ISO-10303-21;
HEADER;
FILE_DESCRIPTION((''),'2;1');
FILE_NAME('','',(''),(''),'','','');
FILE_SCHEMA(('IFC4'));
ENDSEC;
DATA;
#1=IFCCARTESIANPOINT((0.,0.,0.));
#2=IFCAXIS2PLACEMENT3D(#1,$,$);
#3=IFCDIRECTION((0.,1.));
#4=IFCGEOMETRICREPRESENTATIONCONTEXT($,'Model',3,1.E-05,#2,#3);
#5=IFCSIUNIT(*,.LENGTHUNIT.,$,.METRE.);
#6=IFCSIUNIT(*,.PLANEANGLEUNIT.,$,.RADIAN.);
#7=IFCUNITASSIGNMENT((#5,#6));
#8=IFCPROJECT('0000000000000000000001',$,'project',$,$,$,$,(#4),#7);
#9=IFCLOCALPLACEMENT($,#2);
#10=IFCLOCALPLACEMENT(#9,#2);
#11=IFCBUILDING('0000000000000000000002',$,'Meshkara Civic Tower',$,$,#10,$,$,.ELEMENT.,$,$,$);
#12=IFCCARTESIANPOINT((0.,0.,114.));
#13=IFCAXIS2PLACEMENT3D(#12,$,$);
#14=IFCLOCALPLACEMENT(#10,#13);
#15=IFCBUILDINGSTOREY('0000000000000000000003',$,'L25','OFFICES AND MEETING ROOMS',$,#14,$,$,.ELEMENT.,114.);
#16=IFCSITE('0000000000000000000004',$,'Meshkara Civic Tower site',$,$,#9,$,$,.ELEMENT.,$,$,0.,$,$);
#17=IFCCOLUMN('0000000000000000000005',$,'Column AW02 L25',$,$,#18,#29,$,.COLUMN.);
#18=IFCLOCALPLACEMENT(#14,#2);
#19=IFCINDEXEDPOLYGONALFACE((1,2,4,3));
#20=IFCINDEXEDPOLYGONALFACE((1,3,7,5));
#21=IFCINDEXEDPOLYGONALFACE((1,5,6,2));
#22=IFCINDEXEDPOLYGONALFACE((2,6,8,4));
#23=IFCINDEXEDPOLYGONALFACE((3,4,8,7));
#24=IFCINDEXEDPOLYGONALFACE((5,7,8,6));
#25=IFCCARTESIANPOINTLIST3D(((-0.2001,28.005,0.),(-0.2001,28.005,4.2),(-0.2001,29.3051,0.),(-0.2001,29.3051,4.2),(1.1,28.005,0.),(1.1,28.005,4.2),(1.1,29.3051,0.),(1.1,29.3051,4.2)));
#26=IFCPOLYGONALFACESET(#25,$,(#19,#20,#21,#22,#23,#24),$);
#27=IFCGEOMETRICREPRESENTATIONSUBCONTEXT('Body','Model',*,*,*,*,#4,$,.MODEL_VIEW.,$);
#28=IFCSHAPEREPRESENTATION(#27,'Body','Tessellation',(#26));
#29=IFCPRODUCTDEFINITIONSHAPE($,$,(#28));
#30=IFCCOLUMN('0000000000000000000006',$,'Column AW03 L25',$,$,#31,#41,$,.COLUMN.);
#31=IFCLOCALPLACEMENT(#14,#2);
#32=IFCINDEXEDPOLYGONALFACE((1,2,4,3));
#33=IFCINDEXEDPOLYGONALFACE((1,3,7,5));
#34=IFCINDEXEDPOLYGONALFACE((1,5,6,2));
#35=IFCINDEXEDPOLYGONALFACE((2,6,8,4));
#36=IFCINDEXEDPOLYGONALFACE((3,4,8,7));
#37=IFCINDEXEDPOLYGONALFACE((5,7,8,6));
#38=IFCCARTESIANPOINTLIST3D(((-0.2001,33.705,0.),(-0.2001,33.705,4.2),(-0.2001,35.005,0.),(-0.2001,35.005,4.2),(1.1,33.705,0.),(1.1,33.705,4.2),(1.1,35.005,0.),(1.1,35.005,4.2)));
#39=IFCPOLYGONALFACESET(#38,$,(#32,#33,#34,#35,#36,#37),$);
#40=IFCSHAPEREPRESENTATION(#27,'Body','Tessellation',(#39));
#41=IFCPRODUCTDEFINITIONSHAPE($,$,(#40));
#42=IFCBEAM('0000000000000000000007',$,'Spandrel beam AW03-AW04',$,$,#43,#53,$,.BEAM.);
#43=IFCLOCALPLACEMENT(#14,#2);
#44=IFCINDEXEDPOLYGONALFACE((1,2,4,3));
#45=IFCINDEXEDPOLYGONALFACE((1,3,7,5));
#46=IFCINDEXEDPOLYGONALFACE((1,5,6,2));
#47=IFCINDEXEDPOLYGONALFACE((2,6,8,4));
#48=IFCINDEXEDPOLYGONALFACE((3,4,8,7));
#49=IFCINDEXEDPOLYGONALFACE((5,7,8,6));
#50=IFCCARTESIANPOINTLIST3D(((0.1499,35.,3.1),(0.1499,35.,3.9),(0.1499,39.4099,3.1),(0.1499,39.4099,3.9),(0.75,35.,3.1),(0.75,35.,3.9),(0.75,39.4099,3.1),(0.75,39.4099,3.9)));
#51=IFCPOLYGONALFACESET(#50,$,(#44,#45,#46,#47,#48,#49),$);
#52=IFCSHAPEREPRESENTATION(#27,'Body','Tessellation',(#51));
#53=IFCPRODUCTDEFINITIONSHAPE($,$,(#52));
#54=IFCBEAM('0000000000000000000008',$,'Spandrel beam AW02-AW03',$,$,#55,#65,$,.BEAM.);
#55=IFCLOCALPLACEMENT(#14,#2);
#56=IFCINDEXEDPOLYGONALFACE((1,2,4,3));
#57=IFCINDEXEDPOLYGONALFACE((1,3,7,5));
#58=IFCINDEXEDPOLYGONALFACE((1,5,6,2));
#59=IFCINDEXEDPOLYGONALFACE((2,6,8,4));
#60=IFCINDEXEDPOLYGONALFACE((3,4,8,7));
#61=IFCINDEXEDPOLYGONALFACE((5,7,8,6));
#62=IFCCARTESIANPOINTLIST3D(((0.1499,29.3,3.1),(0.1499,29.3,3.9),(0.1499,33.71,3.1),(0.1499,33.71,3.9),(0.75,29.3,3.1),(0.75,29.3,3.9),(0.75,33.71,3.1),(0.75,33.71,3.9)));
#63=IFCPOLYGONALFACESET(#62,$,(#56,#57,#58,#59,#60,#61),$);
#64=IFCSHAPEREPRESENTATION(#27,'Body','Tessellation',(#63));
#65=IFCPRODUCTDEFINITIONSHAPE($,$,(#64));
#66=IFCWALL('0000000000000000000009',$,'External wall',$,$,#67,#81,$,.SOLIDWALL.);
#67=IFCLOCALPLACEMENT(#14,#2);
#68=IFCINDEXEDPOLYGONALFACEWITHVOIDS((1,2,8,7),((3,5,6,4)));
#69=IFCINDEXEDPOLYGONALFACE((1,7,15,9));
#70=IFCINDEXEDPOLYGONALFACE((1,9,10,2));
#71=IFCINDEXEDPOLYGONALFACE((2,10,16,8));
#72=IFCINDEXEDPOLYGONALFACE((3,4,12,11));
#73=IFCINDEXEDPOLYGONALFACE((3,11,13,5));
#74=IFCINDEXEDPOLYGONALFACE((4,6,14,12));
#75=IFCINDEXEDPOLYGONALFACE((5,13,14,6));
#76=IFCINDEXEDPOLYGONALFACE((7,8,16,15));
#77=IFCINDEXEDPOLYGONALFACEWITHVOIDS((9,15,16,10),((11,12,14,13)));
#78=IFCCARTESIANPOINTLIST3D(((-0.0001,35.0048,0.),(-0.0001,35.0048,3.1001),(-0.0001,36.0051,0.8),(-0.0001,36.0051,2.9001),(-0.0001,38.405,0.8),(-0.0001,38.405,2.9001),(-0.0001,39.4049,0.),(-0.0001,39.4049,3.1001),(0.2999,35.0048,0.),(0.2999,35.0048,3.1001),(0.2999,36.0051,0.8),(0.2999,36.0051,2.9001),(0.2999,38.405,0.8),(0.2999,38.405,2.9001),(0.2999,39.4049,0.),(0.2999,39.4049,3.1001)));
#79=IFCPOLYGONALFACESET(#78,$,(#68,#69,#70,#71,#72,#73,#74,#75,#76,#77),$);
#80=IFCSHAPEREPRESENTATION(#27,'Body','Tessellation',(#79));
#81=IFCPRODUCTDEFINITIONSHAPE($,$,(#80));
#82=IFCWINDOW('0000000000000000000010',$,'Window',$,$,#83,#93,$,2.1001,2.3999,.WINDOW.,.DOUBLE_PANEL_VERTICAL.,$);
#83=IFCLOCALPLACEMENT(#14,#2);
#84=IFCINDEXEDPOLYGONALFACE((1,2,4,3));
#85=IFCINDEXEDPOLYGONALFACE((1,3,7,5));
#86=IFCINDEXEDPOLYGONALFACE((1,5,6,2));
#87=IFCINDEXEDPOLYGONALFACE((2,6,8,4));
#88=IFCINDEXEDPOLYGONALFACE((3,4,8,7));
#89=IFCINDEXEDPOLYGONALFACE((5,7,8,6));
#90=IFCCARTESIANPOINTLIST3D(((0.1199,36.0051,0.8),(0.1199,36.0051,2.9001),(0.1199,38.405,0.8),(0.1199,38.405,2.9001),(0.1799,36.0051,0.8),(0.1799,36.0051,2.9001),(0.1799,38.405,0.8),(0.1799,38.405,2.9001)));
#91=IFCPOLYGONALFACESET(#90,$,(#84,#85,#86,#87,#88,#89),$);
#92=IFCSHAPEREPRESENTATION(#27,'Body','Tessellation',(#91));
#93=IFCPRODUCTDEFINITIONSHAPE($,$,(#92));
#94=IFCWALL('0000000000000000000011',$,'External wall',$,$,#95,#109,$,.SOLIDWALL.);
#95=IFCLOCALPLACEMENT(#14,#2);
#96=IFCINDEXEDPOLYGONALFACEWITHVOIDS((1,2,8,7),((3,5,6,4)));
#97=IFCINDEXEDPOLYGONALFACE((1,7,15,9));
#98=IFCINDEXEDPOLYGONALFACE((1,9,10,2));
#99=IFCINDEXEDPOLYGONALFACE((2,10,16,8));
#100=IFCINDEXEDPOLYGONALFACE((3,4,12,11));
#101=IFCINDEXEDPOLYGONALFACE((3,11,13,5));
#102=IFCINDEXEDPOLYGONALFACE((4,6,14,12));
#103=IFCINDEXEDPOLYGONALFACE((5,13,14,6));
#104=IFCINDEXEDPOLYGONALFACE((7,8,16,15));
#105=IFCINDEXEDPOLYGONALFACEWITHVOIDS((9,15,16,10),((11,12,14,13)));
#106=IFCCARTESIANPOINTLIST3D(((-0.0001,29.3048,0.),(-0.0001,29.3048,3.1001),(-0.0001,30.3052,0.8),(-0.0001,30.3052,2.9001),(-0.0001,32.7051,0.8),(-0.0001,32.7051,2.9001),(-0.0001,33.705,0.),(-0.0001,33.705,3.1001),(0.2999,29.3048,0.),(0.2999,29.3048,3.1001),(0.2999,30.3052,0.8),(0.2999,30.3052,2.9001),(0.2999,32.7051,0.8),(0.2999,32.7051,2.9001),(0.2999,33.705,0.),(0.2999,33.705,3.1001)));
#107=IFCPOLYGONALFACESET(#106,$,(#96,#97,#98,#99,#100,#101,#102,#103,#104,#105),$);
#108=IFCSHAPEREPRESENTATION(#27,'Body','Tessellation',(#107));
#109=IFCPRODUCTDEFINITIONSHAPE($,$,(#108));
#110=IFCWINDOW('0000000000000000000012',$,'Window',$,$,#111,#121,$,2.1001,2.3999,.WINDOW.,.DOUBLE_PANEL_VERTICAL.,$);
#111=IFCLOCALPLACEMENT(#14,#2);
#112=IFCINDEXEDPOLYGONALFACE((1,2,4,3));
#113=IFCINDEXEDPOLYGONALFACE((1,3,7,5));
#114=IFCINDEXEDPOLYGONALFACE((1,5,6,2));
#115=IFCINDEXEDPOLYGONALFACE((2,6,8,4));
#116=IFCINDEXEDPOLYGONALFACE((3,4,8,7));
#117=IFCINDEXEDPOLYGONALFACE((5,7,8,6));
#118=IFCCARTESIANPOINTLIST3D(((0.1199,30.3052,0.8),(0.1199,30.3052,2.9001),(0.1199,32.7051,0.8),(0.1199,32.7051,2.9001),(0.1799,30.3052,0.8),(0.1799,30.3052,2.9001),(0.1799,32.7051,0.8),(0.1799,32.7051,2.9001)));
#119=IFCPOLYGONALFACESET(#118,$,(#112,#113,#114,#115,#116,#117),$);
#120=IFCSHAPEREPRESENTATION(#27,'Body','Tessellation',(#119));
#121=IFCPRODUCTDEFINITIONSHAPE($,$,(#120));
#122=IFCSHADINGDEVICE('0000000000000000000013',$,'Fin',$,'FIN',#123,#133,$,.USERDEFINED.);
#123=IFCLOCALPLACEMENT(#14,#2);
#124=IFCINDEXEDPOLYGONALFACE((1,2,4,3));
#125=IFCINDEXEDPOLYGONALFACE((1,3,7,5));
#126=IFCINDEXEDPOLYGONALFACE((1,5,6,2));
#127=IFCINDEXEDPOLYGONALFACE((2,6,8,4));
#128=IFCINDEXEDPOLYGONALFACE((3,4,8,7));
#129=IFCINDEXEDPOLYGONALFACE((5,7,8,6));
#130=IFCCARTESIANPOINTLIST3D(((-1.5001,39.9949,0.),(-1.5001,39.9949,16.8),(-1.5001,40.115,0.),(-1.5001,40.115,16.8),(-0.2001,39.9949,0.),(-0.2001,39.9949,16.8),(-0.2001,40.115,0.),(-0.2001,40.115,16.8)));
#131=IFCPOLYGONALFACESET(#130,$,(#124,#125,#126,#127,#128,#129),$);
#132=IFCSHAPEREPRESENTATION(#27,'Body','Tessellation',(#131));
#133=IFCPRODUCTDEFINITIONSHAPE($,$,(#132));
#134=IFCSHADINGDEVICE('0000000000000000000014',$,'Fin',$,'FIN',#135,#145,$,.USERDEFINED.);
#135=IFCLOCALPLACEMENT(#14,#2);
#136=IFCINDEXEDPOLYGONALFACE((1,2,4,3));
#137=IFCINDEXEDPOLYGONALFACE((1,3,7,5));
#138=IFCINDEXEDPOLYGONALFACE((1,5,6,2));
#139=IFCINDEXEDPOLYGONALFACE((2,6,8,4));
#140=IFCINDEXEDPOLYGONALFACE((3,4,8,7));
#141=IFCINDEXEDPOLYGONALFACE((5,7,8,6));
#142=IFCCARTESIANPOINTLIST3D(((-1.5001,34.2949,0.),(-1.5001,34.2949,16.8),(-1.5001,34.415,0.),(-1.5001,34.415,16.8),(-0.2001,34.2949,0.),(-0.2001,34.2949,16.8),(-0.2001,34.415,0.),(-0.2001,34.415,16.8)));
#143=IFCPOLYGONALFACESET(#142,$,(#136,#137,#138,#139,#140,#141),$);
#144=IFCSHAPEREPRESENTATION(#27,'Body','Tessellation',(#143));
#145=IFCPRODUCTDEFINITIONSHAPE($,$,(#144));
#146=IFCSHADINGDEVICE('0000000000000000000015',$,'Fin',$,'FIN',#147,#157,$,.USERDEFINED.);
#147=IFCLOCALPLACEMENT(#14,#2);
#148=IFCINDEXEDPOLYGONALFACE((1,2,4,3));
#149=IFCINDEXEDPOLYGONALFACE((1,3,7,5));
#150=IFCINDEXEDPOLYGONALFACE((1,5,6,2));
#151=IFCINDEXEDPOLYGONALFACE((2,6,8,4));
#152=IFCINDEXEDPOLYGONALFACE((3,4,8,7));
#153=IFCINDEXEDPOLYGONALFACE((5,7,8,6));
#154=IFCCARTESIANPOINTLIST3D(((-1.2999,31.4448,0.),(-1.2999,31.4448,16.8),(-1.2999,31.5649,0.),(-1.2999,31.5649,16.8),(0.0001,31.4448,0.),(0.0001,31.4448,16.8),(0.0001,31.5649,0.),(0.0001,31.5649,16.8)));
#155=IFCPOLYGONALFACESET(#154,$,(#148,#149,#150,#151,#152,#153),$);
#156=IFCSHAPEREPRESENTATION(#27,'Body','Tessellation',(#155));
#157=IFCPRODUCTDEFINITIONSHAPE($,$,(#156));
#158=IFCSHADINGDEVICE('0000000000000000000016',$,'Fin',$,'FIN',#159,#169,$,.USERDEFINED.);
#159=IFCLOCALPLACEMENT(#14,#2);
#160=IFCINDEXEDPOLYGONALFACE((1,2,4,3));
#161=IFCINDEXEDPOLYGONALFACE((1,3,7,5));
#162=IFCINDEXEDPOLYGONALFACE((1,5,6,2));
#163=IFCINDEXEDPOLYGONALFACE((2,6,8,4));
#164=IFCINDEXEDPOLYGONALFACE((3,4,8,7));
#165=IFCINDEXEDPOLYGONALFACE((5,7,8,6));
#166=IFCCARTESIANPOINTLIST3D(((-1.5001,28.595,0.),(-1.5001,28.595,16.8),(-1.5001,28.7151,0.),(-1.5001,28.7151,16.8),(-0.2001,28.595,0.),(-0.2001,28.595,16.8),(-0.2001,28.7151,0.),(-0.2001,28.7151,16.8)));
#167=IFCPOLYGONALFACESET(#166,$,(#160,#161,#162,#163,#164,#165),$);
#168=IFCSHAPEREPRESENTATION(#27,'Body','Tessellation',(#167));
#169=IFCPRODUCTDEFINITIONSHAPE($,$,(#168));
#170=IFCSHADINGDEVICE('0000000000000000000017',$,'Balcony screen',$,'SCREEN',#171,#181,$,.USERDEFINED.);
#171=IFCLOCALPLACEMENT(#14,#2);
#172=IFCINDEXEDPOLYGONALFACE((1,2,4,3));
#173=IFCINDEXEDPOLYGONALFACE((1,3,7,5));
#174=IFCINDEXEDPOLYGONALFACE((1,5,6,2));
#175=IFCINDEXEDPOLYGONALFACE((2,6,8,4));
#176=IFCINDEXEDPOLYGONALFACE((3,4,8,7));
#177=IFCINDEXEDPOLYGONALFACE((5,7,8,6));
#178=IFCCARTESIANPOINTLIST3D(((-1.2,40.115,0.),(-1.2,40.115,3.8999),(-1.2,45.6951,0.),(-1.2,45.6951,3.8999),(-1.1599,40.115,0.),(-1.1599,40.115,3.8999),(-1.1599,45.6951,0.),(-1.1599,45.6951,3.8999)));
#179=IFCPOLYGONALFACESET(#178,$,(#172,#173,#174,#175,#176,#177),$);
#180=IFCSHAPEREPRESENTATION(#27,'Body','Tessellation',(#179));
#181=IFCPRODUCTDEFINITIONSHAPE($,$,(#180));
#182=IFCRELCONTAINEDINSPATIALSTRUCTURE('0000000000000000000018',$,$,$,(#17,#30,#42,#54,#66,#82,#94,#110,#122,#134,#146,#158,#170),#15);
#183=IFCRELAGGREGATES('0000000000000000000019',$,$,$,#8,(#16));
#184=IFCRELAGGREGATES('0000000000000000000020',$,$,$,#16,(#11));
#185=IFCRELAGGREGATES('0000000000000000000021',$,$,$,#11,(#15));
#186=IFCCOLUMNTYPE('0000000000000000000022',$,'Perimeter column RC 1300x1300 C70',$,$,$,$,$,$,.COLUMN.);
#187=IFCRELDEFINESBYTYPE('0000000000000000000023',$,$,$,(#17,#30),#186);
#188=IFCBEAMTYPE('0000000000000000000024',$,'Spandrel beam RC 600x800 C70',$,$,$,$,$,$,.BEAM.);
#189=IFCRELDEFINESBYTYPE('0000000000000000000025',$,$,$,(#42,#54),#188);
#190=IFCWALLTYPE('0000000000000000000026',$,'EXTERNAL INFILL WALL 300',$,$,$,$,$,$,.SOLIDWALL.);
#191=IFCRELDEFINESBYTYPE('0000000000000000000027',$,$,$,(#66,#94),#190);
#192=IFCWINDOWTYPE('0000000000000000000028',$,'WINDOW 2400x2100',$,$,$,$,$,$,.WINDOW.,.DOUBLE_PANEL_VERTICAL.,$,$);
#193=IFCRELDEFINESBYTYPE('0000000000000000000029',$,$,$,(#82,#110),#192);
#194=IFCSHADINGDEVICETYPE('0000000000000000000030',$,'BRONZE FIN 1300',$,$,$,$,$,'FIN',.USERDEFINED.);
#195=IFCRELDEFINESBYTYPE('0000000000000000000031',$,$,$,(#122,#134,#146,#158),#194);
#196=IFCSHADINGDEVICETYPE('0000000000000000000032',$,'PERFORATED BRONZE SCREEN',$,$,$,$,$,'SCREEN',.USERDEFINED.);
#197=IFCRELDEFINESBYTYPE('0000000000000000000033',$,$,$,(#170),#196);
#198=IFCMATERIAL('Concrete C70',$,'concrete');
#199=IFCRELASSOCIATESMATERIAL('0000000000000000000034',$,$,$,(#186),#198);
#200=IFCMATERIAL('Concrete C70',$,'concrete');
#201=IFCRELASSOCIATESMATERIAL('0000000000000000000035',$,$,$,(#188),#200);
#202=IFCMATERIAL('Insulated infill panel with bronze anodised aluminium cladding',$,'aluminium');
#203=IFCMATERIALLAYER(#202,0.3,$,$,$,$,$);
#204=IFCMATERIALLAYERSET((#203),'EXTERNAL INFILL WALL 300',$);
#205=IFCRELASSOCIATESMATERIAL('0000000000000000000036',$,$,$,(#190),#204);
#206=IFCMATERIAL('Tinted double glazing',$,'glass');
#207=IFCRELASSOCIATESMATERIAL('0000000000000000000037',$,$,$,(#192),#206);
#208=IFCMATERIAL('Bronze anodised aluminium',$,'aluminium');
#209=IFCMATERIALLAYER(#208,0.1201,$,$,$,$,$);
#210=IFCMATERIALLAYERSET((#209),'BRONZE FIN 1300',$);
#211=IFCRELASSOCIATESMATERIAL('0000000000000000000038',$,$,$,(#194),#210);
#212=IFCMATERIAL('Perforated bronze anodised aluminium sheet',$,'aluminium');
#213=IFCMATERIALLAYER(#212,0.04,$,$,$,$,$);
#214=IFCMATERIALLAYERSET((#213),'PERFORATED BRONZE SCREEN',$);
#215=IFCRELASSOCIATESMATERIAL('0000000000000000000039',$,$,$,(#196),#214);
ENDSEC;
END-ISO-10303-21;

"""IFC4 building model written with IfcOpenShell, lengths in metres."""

from ifc_helpers import new_model, si_unit, direction, frame, frame_2d, origin, origin_2d, place, context, subcontext, project, spatial, rectangle, extrude, material, layer, layer_set, material_profile, profile_set, type_object, element, fill, save


model = new_model("IFC4")

# Units and contexts
model_context = context("Model", 3, precision=1e-05, world=origin(), true_north=direction((0.0, 1.0)))
body_context = subcontext(model_context, "Body", "Model", "MODEL_VIEW")
ifc_project = project(units=[si_unit("LENGTHUNIT", "METRE"), si_unit("PLANEANGLEUNIT", "RADIAN")], contexts=[model_context])

# Site, building, storey
site_placement = place(None, origin())
site = spatial("IfcSite", under=ifc_project, at=site_placement, Name="Meshkara Civic Tower site", CompositionType="ELEMENT", RefElevation=0.0)
building_placement = place(site_placement, origin())
building = spatial("IfcBuilding", under=site, at=building_placement, Name="Meshkara Civic Tower", CompositionType="ELEMENT")
storey_placement = place(building_placement, frame((0.0, 0.0, 114.0)))
storey = spatial("IfcBuildingStorey", under=building, at=storey_placement, Name="L25", Description="OFFICES AND MEETING ROOMS", CompositionType="ELEMENT", Elevation=114.0)

# Columns
ifc_material_1 = material(Name="Concrete C70", Category="concrete")
ifc_material_profile_1 = material_profile(ifc_material_1, rectangle(XDim=1.3, YDim=1.3, at=origin_2d()))
ifc_profile_set_1 = profile_set([ifc_material_profile_1], Name="Concrete C70")
column_type = type_object("IfcColumnType", Name="Perimeter column RC 1300x1300 C70", PredefinedType="COLUMN", material=ifc_profile_set_1)
for number, where, z_axis, x_axis, name in (
    (1, (0.45, 28.655, 0.0), (0.0, 0.0, 1.0), (1.0, 0.0, 0.0), "Column AW02 L25"),
    (2, (0.45, 34.355, 0.0), (0.0, 0.0, 1.0), (1.0, 0.0, 0.0), "Column AW03 L25"),
):
    element("IfcColumn", number, at=place(storey_placement, frame(where, z_axis=z_axis, x_axis=x_axis)), inside=storey, type_object=column_type, Name=name, PredefinedType="COLUMN", context=body_context, shape_type="SweptSolid", body=[
        extrude(rectangle(XDim=1.3, YDim=1.3, at=origin_2d()), origin(), (0.0, 0.0, 1.0), 4.2),
    ])

# Beams
ifc_material_2 = material(Name="Concrete C70", Category="concrete")
ifc_material_profile_2 = material_profile(ifc_material_2, rectangle(XDim=0.6001, YDim=0.8, at=origin_2d()))
ifc_profile_set_2 = profile_set([ifc_material_profile_2], Name="Concrete C70")
beam_type = type_object("IfcBeamType", Name="Spandrel beam RC 600x800 C70", PredefinedType="BEAM", material=ifc_profile_set_2)
for number, where, z_axis, x_axis, name in (
    (3, (0.45, 39.4099, 3.5), (0.0, -1.0, 0.0), (1.0, 0.0, 0.0), "Spandrel beam AW03-AW04"),
    (4, (0.45, 33.71, 3.5), (0.0, -1.0, 0.0), (1.0, 0.0, 0.0), "Spandrel beam AW02-AW03"),
):
    element("IfcBeam", number, at=place(storey_placement, frame(where, z_axis=z_axis, x_axis=x_axis)), inside=storey, type_object=beam_type, Name=name, PredefinedType="BEAM", context=body_context, shape_type="SweptSolid", body=[
        extrude(rectangle(XDim=0.6001, YDim=0.8, at=origin_2d()), origin(), (0.0, 0.0, 1.0), 4.4099),
    ])

# Walls, openings, windows
ifc_material_3 = material(Name="Insulated infill panel with bronze anodised aluminium cladding", Category="aluminium")
ifc_layer_1 = layer(ifc_material_3, 0.3)
ifc_layer_set_1 = layer_set([ifc_layer_1], Name="EXTERNAL INFILL WALL 300")
wall_type = type_object("IfcWallType", Name="EXTERNAL INFILL WALL 300", PredefinedType="SOLIDWALL", material=ifc_layer_set_1)
wall_1_placement = place(storey_placement, frame((0.1499, 39.405, 0.0), z_axis=(0.0, 0.0, 1.0), x_axis=(0.0, -1.0, 0.0)))
wall_1 = element("IfcWall", 5, at=wall_1_placement, inside=storey, type_object=wall_type, Name="External wall", PredefinedType="SOLIDWALL", context=body_context, shape_type="SweptSolid", body=[
    extrude(rectangle(XDim=4.4001, YDim=0.3, at=frame_2d((2.2002, 0.0))), origin(), (0.0, 0.0, 1.0), 3.1001),
])
opening_1_placement = place(wall_1_placement, frame((1.0, 0.0, 0.8)))
opening_1 = element("IfcOpeningElement", 6, at=opening_1_placement, cuts=wall_1, PredefinedType="OPENING", context=body_context, shape_type="SweptSolid", body=[
    extrude(rectangle(XDim=2.3999, YDim=2.1001, at=frame_2d((1.2, 1.05))), frame((0.0, 0.1599, 0.0), z_axis=(0.0, -1.0, 0.0), x_axis=(1.0, 0.0, 0.0)), (0.0, 0.0, 1.0), 0.3201),
])
ifc_material_4 = material(Name="Tinted double glazing", Category="glass")
window_type = type_object("IfcWindowType", Name="WINDOW 2400x2100", PartitioningType="DOUBLE_PANEL_VERTICAL", PredefinedType="WINDOW", material=ifc_material_4)
window_1_placement = place(opening_1_placement, origin())
window_1 = element("IfcWindow", 7, at=window_1_placement, inside=storey, type_object=window_type, Name="Window", OverallHeight=2.1001, OverallWidth=2.3999, PartitioningType="DOUBLE_PANEL_VERTICAL", PredefinedType="WINDOW", context=body_context, shape_type="SweptSolid", body=[
    extrude(rectangle(XDim=2.3999, YDim=2.1001, at=frame_2d((1.2, 1.05))), frame((0.0, 0.03, 0.0), z_axis=(0.0, -1.0, 0.0), x_axis=(1.0, 0.0, 0.0)), (0.0, 0.0, 1.0), 0.0601),
])
fill(opening_1, window_1)
wall_2_placement = place(storey_placement, frame((0.1499, 33.7051, 0.0), z_axis=(0.0, 0.0, 1.0), x_axis=(0.0, -1.0, 0.0)))
wall_2 = element("IfcWall", 8, at=wall_2_placement, inside=storey, type_object=wall_type, Name="External wall", PredefinedType="SOLIDWALL", context=body_context, shape_type="SweptSolid", body=[
    extrude(rectangle(XDim=4.4001, YDim=0.3, at=frame_2d((2.2002, 0.0))), origin(), (0.0, 0.0, 1.0), 3.1001),
])
opening_2_placement = place(wall_2_placement, frame((1.0, 0.0, 0.8)))
opening_2 = element("IfcOpeningElement", 9, at=opening_2_placement, cuts=wall_2, PredefinedType="OPENING", context=body_context, shape_type="SweptSolid", body=[
    extrude(rectangle(XDim=2.3999, YDim=2.1001, at=frame_2d((1.2, 1.05))), frame((0.0, 0.1599, 0.0), z_axis=(0.0, -1.0, 0.0), x_axis=(1.0, 0.0, 0.0)), (0.0, 0.0, 1.0), 0.3201),
])
window_2_placement = place(opening_2_placement, origin())
window_2 = element("IfcWindow", 10, at=window_2_placement, inside=storey, type_object=window_type, Name="Window", OverallHeight=2.1001, OverallWidth=2.3999, PartitioningType="DOUBLE_PANEL_VERTICAL", PredefinedType="WINDOW", context=body_context, shape_type="SweptSolid", body=[
    extrude(rectangle(XDim=2.3999, YDim=2.1001, at=frame_2d((1.2, 1.05))), frame((0.0, 0.03, 0.0), z_axis=(0.0, -1.0, 0.0), x_axis=(1.0, 0.0, 0.0)), (0.0, 0.0, 1.0), 0.0601),
])
fill(opening_2, window_2)

# Shading devices
ifc_material_5 = material(Name="Bronze anodised aluminium", Category="aluminium")
ifc_layer_2 = layer(ifc_material_5, 0.1201)
ifc_layer_set_2 = layer_set([ifc_layer_2], Name="BRONZE FIN 1300")
shading_device_type_1 = type_object("IfcShadingDeviceType", Name="BRONZE FIN 1300", ElementType="FIN", PredefinedType="USERDEFINED", material=ifc_layer_set_2)
for number, where, z_axis, x_axis, name in (
    (11, (-0.8501, 40.0549, 0.0), (0.0, 0.0, 1.0), (0.0, -1.0, 0.0), "Fin"),
    (12, (-0.8501, 34.355, 0.0), (0.0, 0.0, 1.0), (0.0, -1.0, 0.0), "Fin"),
    (13, (-0.6499, 31.5049, 0.0), (0.0, 0.0, 1.0), (0.0, -1.0, 0.0), "Fin"),
    (14, (-0.8501, 28.655, 0.0), (0.0, 0.0, 1.0), (0.0, -1.0, 0.0), "Fin"),
):
    element("IfcShadingDevice", number, at=place(storey_placement, frame(where, z_axis=z_axis, x_axis=x_axis)), inside=storey, type_object=shading_device_type_1, Name=name, ObjectType="FIN", PredefinedType="USERDEFINED", context=body_context, shape_type="SweptSolid", body=[
        extrude(rectangle(XDim=0.1201, YDim=1.3, at=origin_2d()), origin(), (0.0, 0.0, 1.0), 16.8),
    ])
ifc_material_6 = material(Name="Perforated bronze anodised aluminium sheet", Category="aluminium")
ifc_layer_3 = layer(ifc_material_6, 0.04)
ifc_layer_set_3 = layer_set([ifc_layer_3], Name="PERFORATED BRONZE SCREEN")
shading_device_type_2 = type_object("IfcShadingDeviceType", Name="PERFORATED BRONZE SCREEN", ElementType="SCREEN", PredefinedType="USERDEFINED", material=ifc_layer_set_3)
shading_device_placement = place(storey_placement, frame((-1.1799, 42.905, 0.0), z_axis=(0.0, 0.0, 1.0), x_axis=(0.0, -1.0, 0.0)))
element("IfcShadingDevice", 15, at=shading_device_placement, inside=storey, type_object=shading_device_type_2, Name="Balcony screen", ObjectType="SCREEN", PredefinedType="USERDEFINED", context=body_context, shape_type="SweptSolid", body=[
    extrude(rectangle(XDim=5.5801, YDim=0.04, at=origin_2d()), origin(), (0.0, 0.0, 1.0), 3.8999),
])

save(model, "model.ifc")
